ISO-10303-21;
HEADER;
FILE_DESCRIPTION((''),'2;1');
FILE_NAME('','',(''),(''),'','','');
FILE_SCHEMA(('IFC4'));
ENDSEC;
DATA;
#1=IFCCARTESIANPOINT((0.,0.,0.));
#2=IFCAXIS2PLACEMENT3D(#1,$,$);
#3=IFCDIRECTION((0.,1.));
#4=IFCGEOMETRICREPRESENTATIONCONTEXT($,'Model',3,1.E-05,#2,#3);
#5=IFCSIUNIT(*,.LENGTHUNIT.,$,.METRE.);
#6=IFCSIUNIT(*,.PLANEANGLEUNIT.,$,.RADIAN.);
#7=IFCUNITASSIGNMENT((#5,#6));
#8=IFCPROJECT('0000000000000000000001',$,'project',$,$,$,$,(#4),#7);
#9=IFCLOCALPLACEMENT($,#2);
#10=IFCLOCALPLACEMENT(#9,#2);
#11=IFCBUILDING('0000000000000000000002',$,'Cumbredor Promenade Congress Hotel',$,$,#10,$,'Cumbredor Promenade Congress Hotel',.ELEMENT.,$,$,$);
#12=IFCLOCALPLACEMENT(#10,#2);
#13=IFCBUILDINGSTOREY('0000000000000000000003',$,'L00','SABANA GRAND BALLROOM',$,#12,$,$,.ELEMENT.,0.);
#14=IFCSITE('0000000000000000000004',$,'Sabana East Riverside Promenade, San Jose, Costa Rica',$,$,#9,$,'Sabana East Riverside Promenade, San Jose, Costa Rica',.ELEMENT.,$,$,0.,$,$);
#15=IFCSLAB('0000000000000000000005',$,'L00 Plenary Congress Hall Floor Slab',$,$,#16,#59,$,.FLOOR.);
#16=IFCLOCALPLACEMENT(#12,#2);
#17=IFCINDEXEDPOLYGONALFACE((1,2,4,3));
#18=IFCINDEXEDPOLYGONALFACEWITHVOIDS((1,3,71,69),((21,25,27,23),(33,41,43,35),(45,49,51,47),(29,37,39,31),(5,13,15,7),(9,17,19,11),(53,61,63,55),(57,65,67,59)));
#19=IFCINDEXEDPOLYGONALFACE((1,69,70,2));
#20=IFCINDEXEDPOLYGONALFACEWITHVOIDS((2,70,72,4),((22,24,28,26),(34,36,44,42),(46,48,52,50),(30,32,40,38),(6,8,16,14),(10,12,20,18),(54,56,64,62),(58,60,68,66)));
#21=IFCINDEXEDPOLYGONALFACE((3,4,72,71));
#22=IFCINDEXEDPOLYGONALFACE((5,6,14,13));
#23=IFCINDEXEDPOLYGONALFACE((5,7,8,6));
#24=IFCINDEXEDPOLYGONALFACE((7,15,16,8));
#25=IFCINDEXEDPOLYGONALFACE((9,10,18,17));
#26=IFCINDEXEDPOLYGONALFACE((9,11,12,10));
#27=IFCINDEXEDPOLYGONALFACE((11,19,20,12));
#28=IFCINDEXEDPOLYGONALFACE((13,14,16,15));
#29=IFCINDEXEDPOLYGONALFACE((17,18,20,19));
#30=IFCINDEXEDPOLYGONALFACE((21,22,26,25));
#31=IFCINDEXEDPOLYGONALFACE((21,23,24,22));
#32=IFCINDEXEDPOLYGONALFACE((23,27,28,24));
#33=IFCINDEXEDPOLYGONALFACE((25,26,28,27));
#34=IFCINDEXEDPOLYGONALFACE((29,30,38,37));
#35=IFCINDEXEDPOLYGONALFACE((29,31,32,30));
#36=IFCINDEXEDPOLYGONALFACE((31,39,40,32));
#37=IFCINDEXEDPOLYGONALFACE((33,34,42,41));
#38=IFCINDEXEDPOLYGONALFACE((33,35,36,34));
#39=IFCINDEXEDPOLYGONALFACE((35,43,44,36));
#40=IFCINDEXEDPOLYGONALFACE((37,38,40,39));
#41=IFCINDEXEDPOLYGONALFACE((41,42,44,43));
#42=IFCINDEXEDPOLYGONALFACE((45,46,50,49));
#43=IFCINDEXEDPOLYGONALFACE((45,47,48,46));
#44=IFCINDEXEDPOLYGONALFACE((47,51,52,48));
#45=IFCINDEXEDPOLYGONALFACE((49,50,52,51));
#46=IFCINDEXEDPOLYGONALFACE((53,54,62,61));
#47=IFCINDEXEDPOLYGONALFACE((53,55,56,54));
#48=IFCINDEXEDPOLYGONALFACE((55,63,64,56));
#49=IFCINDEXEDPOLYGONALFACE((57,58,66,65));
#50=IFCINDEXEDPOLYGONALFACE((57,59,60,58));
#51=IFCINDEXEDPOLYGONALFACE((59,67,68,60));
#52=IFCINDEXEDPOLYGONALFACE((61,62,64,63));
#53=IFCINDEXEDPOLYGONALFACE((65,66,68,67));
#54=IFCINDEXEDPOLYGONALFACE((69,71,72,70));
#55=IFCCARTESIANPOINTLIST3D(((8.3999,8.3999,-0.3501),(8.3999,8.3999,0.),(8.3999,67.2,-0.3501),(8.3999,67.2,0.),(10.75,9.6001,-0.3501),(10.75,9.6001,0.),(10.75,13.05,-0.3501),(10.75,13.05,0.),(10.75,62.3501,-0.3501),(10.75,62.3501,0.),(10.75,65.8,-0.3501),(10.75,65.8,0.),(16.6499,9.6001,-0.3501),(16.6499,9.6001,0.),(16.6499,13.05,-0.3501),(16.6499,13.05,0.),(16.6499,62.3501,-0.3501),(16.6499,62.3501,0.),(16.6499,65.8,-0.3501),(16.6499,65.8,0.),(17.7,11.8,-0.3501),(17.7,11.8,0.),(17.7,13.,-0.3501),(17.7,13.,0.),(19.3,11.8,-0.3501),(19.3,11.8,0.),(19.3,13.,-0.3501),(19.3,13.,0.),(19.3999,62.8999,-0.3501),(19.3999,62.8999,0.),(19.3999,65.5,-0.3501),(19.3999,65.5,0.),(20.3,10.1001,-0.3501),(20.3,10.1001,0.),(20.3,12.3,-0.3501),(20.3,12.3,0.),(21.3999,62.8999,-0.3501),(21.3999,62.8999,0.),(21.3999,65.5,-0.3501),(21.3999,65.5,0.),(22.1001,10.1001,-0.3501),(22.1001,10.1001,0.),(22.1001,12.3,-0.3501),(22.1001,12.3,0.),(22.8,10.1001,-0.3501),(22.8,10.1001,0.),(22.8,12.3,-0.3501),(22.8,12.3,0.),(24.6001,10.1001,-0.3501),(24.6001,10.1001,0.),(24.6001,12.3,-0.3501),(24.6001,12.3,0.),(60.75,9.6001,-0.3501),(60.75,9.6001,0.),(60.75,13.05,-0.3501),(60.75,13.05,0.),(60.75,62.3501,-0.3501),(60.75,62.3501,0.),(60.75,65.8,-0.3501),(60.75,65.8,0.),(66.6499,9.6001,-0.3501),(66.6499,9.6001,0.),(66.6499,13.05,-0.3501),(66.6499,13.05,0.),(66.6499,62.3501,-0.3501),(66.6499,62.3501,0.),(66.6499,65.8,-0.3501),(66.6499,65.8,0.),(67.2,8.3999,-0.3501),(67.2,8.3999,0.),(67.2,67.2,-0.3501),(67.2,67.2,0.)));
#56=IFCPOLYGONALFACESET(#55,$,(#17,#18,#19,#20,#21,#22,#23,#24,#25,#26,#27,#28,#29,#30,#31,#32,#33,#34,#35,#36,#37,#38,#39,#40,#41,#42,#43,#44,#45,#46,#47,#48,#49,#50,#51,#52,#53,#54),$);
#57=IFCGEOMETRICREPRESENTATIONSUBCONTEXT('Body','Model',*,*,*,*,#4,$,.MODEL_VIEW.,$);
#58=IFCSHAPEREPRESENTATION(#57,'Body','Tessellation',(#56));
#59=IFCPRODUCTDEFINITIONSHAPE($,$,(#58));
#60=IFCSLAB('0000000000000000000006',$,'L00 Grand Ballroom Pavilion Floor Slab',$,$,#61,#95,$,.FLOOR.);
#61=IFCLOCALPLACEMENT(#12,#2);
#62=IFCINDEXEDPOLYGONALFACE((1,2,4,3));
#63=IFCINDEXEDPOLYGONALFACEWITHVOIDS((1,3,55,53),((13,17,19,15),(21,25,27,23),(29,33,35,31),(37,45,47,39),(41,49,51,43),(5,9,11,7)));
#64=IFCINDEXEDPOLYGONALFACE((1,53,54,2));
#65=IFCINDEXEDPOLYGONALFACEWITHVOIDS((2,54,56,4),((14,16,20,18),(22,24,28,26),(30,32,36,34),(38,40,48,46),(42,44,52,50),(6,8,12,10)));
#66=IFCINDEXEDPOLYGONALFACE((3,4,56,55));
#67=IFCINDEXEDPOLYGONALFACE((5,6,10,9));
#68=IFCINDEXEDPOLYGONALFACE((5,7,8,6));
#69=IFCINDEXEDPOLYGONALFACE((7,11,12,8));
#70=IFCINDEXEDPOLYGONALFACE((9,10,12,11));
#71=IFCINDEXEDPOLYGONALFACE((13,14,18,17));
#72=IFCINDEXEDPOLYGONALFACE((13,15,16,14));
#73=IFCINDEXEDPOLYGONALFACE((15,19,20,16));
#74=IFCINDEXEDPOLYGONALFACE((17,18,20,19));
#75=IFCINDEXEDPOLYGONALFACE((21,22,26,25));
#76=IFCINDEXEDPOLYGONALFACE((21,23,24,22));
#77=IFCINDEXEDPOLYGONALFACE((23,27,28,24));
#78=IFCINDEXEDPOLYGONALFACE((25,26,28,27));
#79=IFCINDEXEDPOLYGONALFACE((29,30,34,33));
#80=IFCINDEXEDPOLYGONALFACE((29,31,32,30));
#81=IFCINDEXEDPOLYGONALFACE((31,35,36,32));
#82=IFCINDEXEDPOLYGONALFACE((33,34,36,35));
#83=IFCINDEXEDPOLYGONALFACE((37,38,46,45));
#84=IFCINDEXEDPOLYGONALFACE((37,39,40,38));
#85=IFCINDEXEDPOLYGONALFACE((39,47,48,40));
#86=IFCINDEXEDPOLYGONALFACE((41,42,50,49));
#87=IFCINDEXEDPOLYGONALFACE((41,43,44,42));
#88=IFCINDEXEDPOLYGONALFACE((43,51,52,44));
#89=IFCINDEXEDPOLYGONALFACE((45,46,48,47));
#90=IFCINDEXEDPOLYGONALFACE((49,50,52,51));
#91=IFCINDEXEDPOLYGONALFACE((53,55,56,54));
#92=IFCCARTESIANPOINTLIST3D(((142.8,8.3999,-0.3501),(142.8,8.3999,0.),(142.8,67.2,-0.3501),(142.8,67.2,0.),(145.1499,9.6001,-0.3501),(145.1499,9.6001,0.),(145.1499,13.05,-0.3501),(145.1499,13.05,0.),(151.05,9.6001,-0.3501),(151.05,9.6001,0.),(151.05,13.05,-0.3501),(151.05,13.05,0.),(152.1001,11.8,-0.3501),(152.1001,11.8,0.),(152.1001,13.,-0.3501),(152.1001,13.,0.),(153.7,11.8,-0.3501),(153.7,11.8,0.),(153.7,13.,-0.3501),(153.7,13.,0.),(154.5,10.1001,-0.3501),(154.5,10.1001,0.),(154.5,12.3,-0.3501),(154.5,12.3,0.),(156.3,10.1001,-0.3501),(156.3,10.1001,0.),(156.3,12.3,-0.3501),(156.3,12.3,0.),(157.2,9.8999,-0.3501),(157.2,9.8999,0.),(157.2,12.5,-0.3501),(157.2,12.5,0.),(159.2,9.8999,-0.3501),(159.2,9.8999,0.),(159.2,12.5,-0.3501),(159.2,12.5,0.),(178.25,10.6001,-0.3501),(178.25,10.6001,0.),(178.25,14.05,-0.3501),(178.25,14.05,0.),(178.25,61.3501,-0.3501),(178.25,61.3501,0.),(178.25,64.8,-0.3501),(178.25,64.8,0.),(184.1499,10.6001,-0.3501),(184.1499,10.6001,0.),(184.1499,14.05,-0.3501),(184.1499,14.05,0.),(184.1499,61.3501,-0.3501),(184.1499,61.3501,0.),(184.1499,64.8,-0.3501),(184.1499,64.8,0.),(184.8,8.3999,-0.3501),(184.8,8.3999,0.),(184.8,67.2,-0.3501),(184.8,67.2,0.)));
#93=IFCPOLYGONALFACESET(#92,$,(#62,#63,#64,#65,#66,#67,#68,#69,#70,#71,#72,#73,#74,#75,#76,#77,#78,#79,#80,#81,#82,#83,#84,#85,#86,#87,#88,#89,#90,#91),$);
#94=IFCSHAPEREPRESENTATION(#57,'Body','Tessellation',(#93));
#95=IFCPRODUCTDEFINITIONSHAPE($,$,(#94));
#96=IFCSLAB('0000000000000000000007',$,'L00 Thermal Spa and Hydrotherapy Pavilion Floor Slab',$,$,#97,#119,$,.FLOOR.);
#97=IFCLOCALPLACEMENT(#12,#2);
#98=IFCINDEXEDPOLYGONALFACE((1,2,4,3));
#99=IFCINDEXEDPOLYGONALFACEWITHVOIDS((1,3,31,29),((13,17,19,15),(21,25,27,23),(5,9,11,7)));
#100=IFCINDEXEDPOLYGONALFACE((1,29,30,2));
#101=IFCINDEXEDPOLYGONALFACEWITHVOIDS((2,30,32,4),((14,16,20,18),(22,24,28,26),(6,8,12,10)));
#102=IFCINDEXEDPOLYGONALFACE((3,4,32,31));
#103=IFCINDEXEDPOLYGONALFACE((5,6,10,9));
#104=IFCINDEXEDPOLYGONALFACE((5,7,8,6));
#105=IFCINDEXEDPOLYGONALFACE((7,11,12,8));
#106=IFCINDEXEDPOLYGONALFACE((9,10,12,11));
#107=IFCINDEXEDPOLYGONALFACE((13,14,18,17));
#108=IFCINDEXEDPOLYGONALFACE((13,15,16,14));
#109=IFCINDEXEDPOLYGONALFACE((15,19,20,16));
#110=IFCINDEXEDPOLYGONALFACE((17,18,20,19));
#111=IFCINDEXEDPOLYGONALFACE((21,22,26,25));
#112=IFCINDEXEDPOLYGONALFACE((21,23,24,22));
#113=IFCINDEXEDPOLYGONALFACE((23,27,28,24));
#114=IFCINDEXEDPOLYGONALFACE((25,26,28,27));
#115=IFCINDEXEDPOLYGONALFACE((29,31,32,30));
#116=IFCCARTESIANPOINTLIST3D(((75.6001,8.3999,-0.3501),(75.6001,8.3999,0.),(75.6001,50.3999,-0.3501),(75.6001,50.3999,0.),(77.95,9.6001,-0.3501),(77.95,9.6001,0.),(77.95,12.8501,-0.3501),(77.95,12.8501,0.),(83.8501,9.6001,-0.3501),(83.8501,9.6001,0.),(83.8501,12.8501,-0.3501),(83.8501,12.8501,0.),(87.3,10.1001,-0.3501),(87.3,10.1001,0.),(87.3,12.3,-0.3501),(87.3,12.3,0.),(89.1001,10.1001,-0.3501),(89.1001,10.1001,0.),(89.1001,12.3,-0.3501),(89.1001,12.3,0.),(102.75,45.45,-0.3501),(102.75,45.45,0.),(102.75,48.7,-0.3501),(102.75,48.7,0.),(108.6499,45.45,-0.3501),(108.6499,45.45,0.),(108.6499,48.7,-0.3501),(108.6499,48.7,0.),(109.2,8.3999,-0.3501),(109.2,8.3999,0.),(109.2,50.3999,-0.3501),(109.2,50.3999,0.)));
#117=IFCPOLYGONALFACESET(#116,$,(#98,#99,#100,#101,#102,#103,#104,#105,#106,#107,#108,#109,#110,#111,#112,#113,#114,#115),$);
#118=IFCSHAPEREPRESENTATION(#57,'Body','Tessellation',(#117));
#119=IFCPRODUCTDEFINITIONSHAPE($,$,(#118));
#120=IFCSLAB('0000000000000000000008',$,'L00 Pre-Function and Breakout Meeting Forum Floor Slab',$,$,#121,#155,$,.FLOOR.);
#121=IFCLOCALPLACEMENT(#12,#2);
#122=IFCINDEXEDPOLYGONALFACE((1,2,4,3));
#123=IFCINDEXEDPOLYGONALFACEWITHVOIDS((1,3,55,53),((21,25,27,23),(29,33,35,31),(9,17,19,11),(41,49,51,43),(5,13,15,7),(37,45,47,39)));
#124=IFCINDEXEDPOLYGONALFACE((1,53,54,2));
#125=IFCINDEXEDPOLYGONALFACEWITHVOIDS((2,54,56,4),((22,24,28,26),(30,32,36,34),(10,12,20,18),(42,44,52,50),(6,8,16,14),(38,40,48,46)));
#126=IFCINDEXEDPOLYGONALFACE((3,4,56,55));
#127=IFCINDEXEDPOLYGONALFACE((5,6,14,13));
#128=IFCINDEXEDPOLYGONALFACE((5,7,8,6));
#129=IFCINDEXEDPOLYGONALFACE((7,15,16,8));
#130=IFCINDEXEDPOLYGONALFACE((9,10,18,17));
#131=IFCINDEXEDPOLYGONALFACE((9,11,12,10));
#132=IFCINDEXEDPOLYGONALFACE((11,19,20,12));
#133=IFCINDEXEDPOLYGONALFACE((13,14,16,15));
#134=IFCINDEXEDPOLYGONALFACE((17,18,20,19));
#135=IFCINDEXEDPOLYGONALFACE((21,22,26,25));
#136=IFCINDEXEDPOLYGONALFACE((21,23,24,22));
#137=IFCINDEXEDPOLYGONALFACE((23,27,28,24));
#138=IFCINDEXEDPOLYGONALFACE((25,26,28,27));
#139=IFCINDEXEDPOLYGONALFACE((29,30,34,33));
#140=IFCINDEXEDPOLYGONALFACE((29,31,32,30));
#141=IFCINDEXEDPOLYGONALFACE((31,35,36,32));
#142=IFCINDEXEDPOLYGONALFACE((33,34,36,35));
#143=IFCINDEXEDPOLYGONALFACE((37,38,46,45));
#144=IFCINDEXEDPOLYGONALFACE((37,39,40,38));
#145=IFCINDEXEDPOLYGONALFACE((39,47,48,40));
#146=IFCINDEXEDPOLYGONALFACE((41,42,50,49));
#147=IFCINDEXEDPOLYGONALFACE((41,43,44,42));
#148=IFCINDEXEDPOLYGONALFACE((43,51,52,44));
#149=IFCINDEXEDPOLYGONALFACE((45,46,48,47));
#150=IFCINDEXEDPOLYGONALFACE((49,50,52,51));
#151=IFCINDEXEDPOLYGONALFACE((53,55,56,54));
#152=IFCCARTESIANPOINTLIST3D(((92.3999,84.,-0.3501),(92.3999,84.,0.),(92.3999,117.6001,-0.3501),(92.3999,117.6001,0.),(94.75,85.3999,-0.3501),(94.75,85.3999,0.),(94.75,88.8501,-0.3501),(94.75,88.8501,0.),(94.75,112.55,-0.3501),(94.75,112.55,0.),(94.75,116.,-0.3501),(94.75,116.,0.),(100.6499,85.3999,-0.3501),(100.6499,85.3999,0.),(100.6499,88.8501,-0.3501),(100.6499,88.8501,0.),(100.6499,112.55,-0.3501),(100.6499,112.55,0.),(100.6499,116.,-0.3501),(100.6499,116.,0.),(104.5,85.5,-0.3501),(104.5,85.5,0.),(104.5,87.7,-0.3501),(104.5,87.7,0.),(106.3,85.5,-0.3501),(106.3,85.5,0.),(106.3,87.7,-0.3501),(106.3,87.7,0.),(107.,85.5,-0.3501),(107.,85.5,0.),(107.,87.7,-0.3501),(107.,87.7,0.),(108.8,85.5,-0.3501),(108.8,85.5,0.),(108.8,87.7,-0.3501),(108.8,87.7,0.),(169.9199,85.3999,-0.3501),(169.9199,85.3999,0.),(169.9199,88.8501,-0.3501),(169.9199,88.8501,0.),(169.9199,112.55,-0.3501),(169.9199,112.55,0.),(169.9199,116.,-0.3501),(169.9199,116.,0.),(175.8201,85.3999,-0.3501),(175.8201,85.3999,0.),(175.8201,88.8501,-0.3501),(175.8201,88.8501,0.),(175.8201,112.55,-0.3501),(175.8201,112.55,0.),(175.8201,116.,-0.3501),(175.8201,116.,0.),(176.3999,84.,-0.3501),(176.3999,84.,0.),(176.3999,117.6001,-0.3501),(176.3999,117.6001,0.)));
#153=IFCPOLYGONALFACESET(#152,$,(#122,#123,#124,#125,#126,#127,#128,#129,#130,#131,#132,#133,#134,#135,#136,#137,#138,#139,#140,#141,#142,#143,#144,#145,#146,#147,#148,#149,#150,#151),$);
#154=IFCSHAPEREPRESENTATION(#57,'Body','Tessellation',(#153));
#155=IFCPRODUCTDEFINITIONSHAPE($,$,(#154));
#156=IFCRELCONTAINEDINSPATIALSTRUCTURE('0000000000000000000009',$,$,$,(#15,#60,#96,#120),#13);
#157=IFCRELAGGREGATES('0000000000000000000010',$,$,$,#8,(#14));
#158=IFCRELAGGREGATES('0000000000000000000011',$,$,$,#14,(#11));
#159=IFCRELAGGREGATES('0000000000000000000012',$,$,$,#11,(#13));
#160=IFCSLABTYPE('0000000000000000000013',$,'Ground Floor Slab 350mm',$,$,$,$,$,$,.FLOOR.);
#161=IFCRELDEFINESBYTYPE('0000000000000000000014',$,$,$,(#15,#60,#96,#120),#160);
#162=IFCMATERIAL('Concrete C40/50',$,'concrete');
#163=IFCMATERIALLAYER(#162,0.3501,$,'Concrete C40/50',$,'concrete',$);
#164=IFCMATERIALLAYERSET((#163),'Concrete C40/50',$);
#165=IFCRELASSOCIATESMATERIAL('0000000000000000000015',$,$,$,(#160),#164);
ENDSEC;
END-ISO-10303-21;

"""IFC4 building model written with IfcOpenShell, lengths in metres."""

from ifc_helpers import new_model, si_unit, direction, frame, origin, place, context, subcontext, project, spatial, polyline, outline, extrude, material, layer, layer_set, type_object, element, save


model = new_model("IFC4")

# Units and contexts
model_context = context("Model", 3, precision=1e-05, world=origin(), true_north=direction((0.0, 1.0)))
body_context = subcontext(model_context, "Body", "Model", "MODEL_VIEW")
ifc_project = project(units=[si_unit("LENGTHUNIT", "METRE"), si_unit("PLANEANGLEUNIT", "RADIAN")], contexts=[model_context])

# Site, building, storey
site_placement = place(None, origin())
site = spatial("IfcSite", under=ifc_project, at=site_placement, Name="Sabana East Riverside Promenade, San Jose, Costa Rica", LongName="Sabana East Riverside Promenade, San Jose, Costa Rica", CompositionType="ELEMENT", RefElevation=0.0)
building_placement = place(site_placement, origin())
building = spatial("IfcBuilding", under=site, at=building_placement, Name="Cumbredor Promenade Congress Hotel", LongName="Cumbredor Promenade Congress Hotel", CompositionType="ELEMENT")
storey_placement = place(building_placement, origin())
storey = spatial("IfcBuildingStorey", under=building, at=storey_placement, Name="L00", Description="SABANA GRAND BALLROOM", CompositionType="ELEMENT", Elevation=0.0)

# Slabs
ifc_material_1 = material(Name="Concrete C40/50", Category="concrete")
ifc_layer_1 = layer(ifc_material_1, 0.3501, Name="Concrete C40/50", Category="concrete")
ifc_layer_set_1 = layer_set([ifc_layer_1], Name="Concrete C40/50")
slab_type_1 = type_object("IfcSlabType", Name="Ground Floor Slab 350mm", PredefinedType="FLOOR", material=ifc_layer_set_1)
slab_1_placement = place(storey_placement, frame((0.0, 0.0, -0.3501)))
element("IfcSlab", 1, at=slab_1_placement, inside=storey, type_object=slab_type_1, Name="L00 Plenary Congress Hall Floor Slab", PredefinedType="FLOOR", context=body_context, shape_type="SweptSolid", body=[
    extrude(outline(polyline([(8.3999, 8.3999), (67.2, 8.3999), (67.2, 67.2), (8.3999, 67.2), (8.3999, 8.3999)]), holes=[polyline([(10.75, 9.6001), (16.6499, 9.6001), (16.6499, 13.05), (10.75, 13.05), (10.75, 9.6001)]), polyline([(60.75, 9.6001), (66.6499, 9.6001), (66.6499, 13.05), (60.75, 13.05), (60.75, 9.6001)]), polyline([(10.75, 62.3501), (16.6499, 62.3501), (16.6499, 65.8), (10.75, 65.8), (10.75, 62.3501)]), polyline([(60.75, 62.3501), (66.6499, 62.3501), (66.6499, 65.8), (60.75, 65.8), (60.75, 62.3501)]), polyline([(20.3, 10.1001), (22.1001, 10.1001), (22.1001, 12.3), (20.3, 12.3), (20.3, 10.1001)]), polyline([(22.8, 10.1001), (24.6001, 10.1001), (24.6001, 12.3), (22.8, 12.3), (22.8, 10.1001)]), polyline([(19.3999, 62.8999), (21.3999, 62.8999), (21.3999, 65.5), (19.3999, 65.5), (19.3999, 62.8999)]), polyline([(17.7, 11.8), (19.3, 11.8), (19.3, 13.0), (17.7, 13.0), (17.7, 11.8)])]), origin(), (0.0, 0.0, 1.0), 0.3501),
])
slab_2_placement = place(storey_placement, frame((0.0, 0.0, -0.3501)))
element("IfcSlab", 2, at=slab_2_placement, inside=storey, type_object=slab_type_1, Name="L00 Grand Ballroom Pavilion Floor Slab", PredefinedType="FLOOR", context=body_context, shape_type="SweptSolid", body=[
    extrude(outline(polyline([(142.8, 8.3999), (184.8, 8.3999), (184.8, 67.2), (142.8, 67.2), (142.8, 8.3999)]), holes=[polyline([(145.1499, 9.6001), (151.05, 9.6001), (151.05, 13.05), (145.1499, 13.05), (145.1499, 9.6001)]), polyline([(178.25, 10.6001), (184.1499, 10.6001), (184.1499, 14.05), (178.25, 14.05), (178.25, 10.6001)]), polyline([(178.25, 61.3501), (184.1499, 61.3501), (184.1499, 64.8), (178.25, 64.8), (178.25, 61.3501)]), polyline([(154.5, 10.1001), (156.3, 10.1001), (156.3, 12.3), (154.5, 12.3), (154.5, 10.1001)]), polyline([(157.2, 9.8999), (159.2, 9.8999), (159.2, 12.5), (157.2, 12.5), (157.2, 9.8999)]), polyline([(152.1001, 11.8), (153.7, 11.8), (153.7, 13.0), (152.1001, 13.0), (152.1001, 11.8)])]), origin(), (0.0, 0.0, 1.0), 0.3501),
])
slab_3_placement = place(storey_placement, frame((0.0, 0.0, -0.3501)))
element("IfcSlab", 3, at=slab_3_placement, inside=storey, type_object=slab_type_1, Name="L00 Thermal Spa and Hydrotherapy Pavilion Floor Slab", PredefinedType="FLOOR", context=body_context, shape_type="SweptSolid", body=[
    extrude(outline(polyline([(75.6001, 8.3999), (109.2, 8.3999), (109.2, 50.3999), (75.6001, 50.3999), (75.6001, 8.3999)]), holes=[polyline([(77.95, 9.6001), (83.8501, 9.6001), (83.8501, 12.8501), (77.95, 12.8501), (77.95, 9.6001)]), polyline([(102.75, 45.45), (108.6499, 45.45), (108.6499, 48.7), (102.75, 48.7), (102.75, 45.45)]), polyline([(87.3, 10.1001), (89.1001, 10.1001), (89.1001, 12.3), (87.3, 12.3), (87.3, 10.1001)])]), origin(), (0.0, 0.0, 1.0), 0.3501),
])
slab_4_placement = place(storey_placement, frame((0.0, 0.0, -0.3501)))
element("IfcSlab", 4, at=slab_4_placement, inside=storey, type_object=slab_type_1, Name="L00 Pre-Function and Breakout Meeting Forum Floor Slab", PredefinedType="FLOOR", context=body_context, shape_type="SweptSolid", body=[
    extrude(outline(polyline([(92.3999, 84.0), (176.3999, 84.0), (176.3999, 117.6001), (92.3999, 117.6001), (92.3999, 84.0)]), holes=[polyline([(94.75, 85.3999), (100.6499, 85.3999), (100.6499, 88.8501), (94.75, 88.8501), (94.75, 85.3999)]), polyline([(169.9199, 85.3999), (175.8201, 85.3999), (175.8201, 88.8501), (169.9199, 88.8501), (169.9199, 85.3999)]), polyline([(94.75, 112.55), (100.6499, 112.55), (100.6499, 116.0), (94.75, 116.0), (94.75, 112.55)]), polyline([(169.9199, 112.55), (175.8201, 112.55), (175.8201, 116.0), (169.9199, 116.0), (169.9199, 112.55)]), polyline([(104.5, 85.5), (106.3, 85.5), (106.3, 87.7), (104.5, 87.7), (104.5, 85.5)]), polyline([(107.0, 85.5), (108.8, 85.5), (108.8, 87.7), (107.0, 87.7), (107.0, 85.5)])]), origin(), (0.0, 0.0, 1.0), 0.3501),
])

save(model, "model.ifc")
